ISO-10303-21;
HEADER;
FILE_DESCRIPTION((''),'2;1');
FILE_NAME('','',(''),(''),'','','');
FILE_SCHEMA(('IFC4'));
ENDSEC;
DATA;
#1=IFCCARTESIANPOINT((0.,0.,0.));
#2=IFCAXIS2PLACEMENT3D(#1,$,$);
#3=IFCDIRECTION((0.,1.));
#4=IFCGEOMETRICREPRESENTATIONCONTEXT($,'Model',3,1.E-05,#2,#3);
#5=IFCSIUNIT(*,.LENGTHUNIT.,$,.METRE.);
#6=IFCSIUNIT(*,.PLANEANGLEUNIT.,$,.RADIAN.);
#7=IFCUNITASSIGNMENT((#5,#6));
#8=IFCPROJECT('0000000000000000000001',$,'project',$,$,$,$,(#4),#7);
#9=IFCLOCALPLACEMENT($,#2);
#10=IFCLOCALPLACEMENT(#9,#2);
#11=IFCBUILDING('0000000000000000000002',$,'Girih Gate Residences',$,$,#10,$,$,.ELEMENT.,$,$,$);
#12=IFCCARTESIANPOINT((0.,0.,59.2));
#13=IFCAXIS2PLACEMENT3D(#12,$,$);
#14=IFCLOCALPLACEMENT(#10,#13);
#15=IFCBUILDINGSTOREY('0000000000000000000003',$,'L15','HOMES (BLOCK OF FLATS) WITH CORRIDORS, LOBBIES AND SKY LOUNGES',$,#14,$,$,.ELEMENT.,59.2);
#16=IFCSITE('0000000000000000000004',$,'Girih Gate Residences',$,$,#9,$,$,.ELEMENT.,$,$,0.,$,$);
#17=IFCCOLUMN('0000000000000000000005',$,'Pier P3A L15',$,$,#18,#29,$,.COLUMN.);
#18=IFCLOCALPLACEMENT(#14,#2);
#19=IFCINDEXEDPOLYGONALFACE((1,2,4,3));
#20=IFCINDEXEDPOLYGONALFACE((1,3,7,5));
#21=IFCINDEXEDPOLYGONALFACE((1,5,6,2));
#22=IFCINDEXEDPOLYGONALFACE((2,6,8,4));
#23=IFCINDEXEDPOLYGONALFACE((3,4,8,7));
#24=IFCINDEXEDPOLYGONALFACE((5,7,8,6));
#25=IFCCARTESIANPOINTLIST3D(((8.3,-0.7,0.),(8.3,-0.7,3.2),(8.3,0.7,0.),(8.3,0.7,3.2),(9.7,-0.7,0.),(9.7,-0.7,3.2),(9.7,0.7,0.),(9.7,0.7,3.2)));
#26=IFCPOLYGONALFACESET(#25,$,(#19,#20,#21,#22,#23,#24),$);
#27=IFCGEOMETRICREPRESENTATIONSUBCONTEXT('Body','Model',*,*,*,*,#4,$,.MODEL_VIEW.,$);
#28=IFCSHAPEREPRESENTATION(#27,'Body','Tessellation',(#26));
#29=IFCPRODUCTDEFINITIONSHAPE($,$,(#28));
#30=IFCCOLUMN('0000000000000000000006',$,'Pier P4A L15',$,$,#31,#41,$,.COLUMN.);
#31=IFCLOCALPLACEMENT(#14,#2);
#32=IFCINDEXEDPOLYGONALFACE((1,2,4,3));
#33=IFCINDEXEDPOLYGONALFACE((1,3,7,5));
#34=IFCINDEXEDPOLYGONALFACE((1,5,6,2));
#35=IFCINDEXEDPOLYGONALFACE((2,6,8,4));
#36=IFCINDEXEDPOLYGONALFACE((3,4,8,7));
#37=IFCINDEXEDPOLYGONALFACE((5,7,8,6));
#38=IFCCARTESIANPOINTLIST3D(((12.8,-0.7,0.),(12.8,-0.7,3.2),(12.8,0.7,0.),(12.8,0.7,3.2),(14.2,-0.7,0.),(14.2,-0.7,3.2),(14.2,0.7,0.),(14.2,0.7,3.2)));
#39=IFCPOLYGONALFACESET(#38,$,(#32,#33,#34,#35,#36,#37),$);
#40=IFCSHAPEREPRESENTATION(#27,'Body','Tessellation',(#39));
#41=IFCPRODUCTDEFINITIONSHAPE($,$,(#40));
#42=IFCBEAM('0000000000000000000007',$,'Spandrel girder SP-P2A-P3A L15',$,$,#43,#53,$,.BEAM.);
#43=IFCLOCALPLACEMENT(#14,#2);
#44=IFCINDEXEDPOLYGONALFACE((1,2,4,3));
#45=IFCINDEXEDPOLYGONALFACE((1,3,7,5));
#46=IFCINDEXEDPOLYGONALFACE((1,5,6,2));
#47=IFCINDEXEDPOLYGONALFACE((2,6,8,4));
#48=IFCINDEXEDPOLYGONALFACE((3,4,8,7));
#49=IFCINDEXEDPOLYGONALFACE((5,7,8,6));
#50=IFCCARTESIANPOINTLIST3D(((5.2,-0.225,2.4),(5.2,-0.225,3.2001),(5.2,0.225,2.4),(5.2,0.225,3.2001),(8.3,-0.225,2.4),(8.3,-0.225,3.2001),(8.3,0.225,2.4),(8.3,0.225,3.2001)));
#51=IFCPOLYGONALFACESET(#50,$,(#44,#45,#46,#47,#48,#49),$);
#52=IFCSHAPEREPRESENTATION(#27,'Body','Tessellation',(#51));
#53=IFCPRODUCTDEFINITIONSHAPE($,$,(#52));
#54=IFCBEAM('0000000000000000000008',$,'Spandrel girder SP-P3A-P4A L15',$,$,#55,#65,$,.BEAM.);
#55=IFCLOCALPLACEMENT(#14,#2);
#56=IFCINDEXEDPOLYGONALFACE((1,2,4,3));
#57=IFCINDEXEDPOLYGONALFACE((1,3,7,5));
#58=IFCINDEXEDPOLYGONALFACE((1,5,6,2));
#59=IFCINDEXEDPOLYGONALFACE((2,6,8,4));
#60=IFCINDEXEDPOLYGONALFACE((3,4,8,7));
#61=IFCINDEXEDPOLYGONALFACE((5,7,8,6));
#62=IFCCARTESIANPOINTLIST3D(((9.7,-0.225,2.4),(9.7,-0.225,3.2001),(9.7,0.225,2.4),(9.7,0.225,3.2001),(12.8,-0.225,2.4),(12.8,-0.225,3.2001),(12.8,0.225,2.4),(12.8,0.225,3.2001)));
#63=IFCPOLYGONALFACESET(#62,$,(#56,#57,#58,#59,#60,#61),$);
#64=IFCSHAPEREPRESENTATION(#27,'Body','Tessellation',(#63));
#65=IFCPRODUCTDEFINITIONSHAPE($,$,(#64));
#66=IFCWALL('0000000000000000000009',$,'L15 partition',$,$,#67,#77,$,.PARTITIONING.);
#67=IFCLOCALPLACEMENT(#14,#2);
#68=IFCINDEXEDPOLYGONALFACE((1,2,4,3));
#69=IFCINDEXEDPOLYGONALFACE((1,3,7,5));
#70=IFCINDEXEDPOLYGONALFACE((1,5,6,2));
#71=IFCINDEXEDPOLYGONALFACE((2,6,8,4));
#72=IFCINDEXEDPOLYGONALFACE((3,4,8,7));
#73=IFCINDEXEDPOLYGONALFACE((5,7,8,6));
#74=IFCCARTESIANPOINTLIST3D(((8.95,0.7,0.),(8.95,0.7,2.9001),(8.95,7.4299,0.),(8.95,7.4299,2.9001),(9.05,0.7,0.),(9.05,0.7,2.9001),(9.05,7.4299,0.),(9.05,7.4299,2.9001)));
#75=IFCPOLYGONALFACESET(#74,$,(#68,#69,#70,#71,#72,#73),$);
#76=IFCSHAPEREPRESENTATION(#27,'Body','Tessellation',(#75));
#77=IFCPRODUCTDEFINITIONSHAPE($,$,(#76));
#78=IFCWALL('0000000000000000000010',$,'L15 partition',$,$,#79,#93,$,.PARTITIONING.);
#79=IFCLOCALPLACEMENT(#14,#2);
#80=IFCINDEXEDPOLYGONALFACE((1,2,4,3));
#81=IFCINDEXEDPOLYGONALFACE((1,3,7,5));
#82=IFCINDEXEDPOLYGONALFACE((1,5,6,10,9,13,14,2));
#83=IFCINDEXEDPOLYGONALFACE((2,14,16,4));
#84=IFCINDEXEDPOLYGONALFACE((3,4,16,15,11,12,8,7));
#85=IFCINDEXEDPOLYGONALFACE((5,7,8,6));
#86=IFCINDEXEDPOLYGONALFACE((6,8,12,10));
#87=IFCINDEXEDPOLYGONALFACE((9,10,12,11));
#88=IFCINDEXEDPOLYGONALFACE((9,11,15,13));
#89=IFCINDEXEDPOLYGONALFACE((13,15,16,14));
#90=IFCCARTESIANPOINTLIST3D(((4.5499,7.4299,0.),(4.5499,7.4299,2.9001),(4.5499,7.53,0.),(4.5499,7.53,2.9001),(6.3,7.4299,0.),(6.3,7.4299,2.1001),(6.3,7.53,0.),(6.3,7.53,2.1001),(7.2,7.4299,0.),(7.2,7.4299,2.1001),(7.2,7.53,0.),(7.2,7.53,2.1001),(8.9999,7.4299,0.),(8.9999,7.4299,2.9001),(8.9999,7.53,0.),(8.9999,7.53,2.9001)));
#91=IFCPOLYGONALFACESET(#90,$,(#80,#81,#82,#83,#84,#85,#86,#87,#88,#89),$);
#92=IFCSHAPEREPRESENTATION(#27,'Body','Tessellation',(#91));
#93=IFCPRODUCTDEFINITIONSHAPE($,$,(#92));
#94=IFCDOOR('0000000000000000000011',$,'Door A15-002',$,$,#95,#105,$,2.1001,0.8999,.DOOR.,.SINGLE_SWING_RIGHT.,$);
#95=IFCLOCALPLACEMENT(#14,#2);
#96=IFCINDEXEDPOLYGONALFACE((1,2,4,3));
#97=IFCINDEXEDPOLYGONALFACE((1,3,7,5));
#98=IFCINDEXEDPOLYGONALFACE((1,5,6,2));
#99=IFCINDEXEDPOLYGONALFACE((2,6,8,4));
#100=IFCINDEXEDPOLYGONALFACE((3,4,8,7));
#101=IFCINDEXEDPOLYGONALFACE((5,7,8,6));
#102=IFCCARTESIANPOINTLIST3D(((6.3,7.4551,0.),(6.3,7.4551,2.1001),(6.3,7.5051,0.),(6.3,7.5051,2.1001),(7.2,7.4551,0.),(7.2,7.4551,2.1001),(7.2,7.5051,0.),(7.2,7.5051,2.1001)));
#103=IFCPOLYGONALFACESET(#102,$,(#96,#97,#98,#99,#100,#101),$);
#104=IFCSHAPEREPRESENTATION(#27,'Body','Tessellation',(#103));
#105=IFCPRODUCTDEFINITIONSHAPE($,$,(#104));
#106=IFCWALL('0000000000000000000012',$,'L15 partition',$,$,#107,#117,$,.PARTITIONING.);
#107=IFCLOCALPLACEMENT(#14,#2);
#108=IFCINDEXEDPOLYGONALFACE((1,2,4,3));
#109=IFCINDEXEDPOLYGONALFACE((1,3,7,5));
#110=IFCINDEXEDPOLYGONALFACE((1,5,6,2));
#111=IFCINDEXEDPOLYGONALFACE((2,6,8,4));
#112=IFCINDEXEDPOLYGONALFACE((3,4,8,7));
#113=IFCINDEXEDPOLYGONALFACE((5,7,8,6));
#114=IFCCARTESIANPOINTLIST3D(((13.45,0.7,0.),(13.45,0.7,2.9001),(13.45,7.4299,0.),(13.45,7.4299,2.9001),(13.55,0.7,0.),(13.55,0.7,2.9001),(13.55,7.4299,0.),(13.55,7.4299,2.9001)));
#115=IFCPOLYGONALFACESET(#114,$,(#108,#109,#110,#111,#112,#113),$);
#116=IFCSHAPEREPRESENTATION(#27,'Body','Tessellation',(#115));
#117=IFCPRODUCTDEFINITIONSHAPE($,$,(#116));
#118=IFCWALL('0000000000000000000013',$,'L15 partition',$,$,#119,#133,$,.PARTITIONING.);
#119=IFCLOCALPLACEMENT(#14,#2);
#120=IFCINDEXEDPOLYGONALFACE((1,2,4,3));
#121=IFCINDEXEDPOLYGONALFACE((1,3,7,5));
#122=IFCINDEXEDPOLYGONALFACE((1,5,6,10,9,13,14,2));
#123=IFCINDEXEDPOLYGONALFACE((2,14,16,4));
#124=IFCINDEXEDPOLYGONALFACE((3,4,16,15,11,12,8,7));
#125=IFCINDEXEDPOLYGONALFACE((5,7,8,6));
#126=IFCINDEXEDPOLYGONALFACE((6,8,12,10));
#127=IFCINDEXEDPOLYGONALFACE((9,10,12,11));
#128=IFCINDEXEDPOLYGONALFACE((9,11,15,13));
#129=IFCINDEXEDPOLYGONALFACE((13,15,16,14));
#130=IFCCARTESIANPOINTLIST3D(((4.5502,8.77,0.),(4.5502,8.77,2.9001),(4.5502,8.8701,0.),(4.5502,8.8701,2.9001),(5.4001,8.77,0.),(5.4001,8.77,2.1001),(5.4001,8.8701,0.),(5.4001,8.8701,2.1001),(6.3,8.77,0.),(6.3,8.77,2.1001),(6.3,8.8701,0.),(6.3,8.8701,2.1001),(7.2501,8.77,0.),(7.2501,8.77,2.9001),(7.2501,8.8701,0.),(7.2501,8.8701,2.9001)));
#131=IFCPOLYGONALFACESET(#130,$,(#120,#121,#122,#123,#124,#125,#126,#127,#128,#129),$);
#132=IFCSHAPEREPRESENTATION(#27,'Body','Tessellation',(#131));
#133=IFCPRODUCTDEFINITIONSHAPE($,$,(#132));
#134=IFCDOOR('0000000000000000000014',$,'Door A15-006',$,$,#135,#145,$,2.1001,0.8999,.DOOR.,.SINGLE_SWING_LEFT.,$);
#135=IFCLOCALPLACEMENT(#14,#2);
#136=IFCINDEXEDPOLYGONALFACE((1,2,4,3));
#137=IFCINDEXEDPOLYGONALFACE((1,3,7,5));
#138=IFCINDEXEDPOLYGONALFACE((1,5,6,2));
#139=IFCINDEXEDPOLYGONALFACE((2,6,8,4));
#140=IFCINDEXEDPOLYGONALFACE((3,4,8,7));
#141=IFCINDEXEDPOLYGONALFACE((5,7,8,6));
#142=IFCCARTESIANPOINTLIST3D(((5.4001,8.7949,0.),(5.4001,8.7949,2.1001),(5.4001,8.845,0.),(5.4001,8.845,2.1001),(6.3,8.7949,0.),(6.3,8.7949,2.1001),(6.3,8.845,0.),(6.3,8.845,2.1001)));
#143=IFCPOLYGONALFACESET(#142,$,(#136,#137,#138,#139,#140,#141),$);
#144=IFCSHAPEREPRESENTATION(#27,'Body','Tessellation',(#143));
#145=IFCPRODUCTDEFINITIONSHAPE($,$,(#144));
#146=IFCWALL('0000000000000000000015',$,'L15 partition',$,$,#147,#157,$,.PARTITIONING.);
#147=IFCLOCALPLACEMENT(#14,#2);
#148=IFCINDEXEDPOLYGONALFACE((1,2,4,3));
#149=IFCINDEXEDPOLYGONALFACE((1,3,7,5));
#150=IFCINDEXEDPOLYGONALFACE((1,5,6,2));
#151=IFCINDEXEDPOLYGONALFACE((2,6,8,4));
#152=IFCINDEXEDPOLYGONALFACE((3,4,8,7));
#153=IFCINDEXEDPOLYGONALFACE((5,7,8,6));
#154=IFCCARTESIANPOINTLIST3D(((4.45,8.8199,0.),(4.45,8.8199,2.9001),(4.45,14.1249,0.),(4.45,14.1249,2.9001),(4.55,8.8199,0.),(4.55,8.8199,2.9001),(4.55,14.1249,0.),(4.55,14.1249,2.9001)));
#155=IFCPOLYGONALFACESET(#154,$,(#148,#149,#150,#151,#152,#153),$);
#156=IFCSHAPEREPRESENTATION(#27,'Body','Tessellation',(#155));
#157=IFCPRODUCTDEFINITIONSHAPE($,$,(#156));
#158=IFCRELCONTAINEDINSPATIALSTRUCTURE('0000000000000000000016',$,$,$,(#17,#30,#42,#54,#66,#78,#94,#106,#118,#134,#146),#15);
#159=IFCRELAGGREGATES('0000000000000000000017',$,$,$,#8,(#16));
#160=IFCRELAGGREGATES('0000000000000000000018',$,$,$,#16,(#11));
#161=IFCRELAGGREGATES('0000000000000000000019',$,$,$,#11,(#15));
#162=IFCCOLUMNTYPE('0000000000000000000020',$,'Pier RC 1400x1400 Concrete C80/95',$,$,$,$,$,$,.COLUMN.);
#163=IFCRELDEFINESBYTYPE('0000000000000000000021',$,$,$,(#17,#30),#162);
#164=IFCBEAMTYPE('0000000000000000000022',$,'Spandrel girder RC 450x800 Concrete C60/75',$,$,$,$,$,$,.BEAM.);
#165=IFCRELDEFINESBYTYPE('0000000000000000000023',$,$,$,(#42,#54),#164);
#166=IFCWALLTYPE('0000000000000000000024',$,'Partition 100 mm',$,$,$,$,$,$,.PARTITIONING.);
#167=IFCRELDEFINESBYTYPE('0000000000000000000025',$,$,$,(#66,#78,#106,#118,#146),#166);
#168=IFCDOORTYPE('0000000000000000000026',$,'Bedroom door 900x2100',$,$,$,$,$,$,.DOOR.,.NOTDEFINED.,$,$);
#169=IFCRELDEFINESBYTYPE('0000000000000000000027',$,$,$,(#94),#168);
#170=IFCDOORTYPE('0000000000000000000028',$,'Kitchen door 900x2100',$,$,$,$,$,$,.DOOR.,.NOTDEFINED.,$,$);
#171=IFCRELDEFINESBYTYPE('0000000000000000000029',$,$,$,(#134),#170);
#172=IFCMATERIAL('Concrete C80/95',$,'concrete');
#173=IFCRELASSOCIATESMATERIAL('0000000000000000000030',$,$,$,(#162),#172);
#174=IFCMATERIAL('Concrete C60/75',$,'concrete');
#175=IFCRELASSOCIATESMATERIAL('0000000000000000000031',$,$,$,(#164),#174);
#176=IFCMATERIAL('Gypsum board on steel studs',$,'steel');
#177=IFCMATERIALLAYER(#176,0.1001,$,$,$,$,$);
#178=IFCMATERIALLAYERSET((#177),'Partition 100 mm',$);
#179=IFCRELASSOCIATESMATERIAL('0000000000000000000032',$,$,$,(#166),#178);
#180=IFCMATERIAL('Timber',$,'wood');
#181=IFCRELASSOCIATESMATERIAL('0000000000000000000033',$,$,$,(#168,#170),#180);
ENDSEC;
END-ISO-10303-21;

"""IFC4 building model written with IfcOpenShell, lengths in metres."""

from ifc_helpers import new_model, si_unit, direction, frame, frame_2d, origin, origin_2d, place, context, subcontext, project, spatial, rectangle, extrude, material, layer, layer_set, material_profile, profile_set, type_object, element, fill, save


model = new_model("IFC4")

# Units and contexts
model_context = context("Model", 3, precision=1e-05, world=origin(), true_north=direction((0.0, 1.0)))
body_context = subcontext(model_context, "Body", "Model", "MODEL_VIEW")
ifc_project = project(units=[si_unit("LENGTHUNIT", "METRE"), si_unit("PLANEANGLEUNIT", "RADIAN")], contexts=[model_context])

# Site, building, storey
site_placement = place(None, origin())
site = spatial("IfcSite", under=ifc_project, at=site_placement, Name="Girih Gate Residences", CompositionType="ELEMENT", RefElevation=0.0)
building_placement = place(site_placement, origin())
building = spatial("IfcBuilding", under=site, at=building_placement, Name="Girih Gate Residences", CompositionType="ELEMENT")
storey_placement = place(building_placement, frame((0.0, 0.0, 59.2)))
storey = spatial("IfcBuildingStorey", under=building, at=storey_placement, Name="L15", Description="HOMES (BLOCK OF FLATS) WITH CORRIDORS, LOBBIES AND SKY LOUNGES", CompositionType="ELEMENT", Elevation=59.2)

# Columns
ifc_material_1 = material(Name="Concrete C80/95", Category="concrete")
ifc_material_profile_1 = material_profile(ifc_material_1, rectangle(XDim=1.3999, YDim=1.3999, at=origin_2d()))
ifc_profile_set_1 = profile_set([ifc_material_profile_1], Name="Concrete C80/95")
column_type = type_object("IfcColumnType", Name="Pier RC 1400x1400 Concrete C80/95", PredefinedType="COLUMN", material=ifc_profile_set_1)
for number, where, z_axis, x_axis, name in (
    (1, (9.0, 0.0, 0.0), (0.0, 0.0, 1.0), (1.0, 0.0, 0.0), "Pier P3A L15"),
    (2, (13.5, 0.0, 0.0), (0.0, 0.0, 1.0), (1.0, 0.0, 0.0), "Pier P4A L15"),
):
    element("IfcColumn", number, at=place(storey_placement, frame(where, z_axis=z_axis, x_axis=x_axis)), inside=storey, type_object=column_type, Name=name, PredefinedType="COLUMN", context=body_context, shape_type="SweptSolid", body=[
        extrude(rectangle(XDim=1.3999, YDim=1.3999, at=origin_2d()), origin(), (0.0, 0.0, 1.0), 3.2),
    ])

# Beams
ifc_material_2 = material(Name="Concrete C60/75", Category="concrete")
ifc_material_profile_2 = material_profile(ifc_material_2, rectangle(XDim=0.45, YDim=0.8, at=origin_2d()))
ifc_profile_set_2 = profile_set([ifc_material_profile_2], Name="Concrete C60/75")
beam_type = type_object("IfcBeamType", Name="Spandrel girder RC 450x800 Concrete C60/75", PredefinedType="BEAM", material=ifc_profile_set_2)
for number, where, z_axis, x_axis, name in (
    (3, (5.2, 0.0, 2.8), (1.0, 0.0, 0.0), (0.0, 1.0, 0.0), "Spandrel girder SP-P2A-P3A L15"),
    (4, (9.7, 0.0, 2.8), (1.0, 0.0, 0.0), (0.0, 1.0, 0.0), "Spandrel girder SP-P3A-P4A L15"),
):
    element("IfcBeam", number, at=place(storey_placement, frame(where, z_axis=z_axis, x_axis=x_axis)), inside=storey, type_object=beam_type, Name=name, PredefinedType="BEAM", context=body_context, shape_type="SweptSolid", body=[
        extrude(rectangle(XDim=0.45, YDim=0.8, at=origin_2d()), origin(), (0.0, 0.0, 1.0), 3.1001),
    ])

# Wall
ifc_material_3 = material(Name="Gypsum board on steel studs", Category="steel")
ifc_layer_1 = layer(ifc_material_3, 0.1001)
ifc_layer_set_1 = layer_set([ifc_layer_1], Name="Partition 100 mm")
wall_type_1 = type_object("IfcWallType", Name="Partition 100 mm", PredefinedType="PARTITIONING", material=ifc_layer_set_1)
wall_1_placement = place(storey_placement, frame((9.0, 0.7, 0.0), z_axis=(0.0, 0.0, 1.0), x_axis=(0.0, 1.0, 0.0)))
element("IfcWall", 5, at=wall_1_placement, inside=storey, type_object=wall_type_1, Name="L15 partition", PredefinedType="PARTITIONING", context=body_context, shape_type="SweptSolid", body=[
    extrude(rectangle(XDim=6.73, YDim=0.1001, at=frame_2d((3.365, 0.0))), origin(), (0.0, 0.0, 1.0), 2.9001),
])

# Wall, opening, door
wall_2_placement = place(storey_placement, frame((9.0, 7.48, 0.0), z_axis=(0.0, 0.0, 1.0), x_axis=(-1.0, 0.0, 0.0)))
wall_2 = element("IfcWall", 6, at=wall_2_placement, inside=storey, type_object=wall_type_1, Name="L15 partition", PredefinedType="PARTITIONING", context=body_context, shape_type="SweptSolid", body=[
    extrude(rectangle(XDim=4.45, YDim=0.1001, at=frame_2d((2.2251, 0.0))), origin(), (0.0, 0.0, 1.0), 2.9001),
])
opening_1_placement = place(wall_2_placement, frame((1.8, 0.0, 0.0)))
opening_1 = element("IfcOpeningElement", 7, at=opening_1_placement, cuts=wall_2, PredefinedType="OPENING", context=body_context, shape_type="SweptSolid", body=[
    extrude(rectangle(XDim=0.8999, YDim=2.1001, at=frame_2d((0.45, 1.05))), frame((0.0, 0.0601, 0.0), z_axis=(0.0, -1.0, 0.0), x_axis=(1.0, 0.0, 0.0)), (0.0, 0.0, 1.0), 0.1201),
])
ifc_material_4 = material(Name="Timber", Category="wood")
door_type_1 = type_object("IfcDoorType", Name="Bedroom door 900x2100", OperationType="NOTDEFINED", PredefinedType="DOOR", material=ifc_material_4)
door_1_placement = place(opening_1_placement, origin())
door_1 = element("IfcDoor", 8, at=door_1_placement, inside=storey, type_object=door_type_1, Name="Door A15-002", OperationType="SINGLE_SWING_RIGHT", OverallHeight=2.1001, OverallWidth=0.8999, PredefinedType="DOOR", context=body_context, shape_type="SweptSolid", body=[
    extrude(rectangle(XDim=0.8999, YDim=2.1001, at=frame_2d((0.45, 1.05))), frame((0.0, 0.0249, 0.0), z_axis=(0.0, -1.0, 0.0), x_axis=(1.0, 0.0, 0.0)), (0.0, 0.0, 1.0), 0.05),
])
fill(opening_1, door_1)

# Wall
wall_3_placement = place(storey_placement, frame((13.5, 0.7, 0.0), z_axis=(0.0, 0.0, 1.0), x_axis=(0.0, 1.0, 0.0)))
element("IfcWall", 9, at=wall_3_placement, inside=storey, type_object=wall_type_1, Name="L15 partition", PredefinedType="PARTITIONING", context=body_context, shape_type="SweptSolid", body=[
    extrude(rectangle(XDim=6.73, YDim=0.1001, at=frame_2d((3.365, 0.0))), origin(), (0.0, 0.0, 1.0), 2.9001),
])

# Wall, opening, door
wall_4_placement = place(storey_placement, frame((4.55, 8.8201, 0.0), z_axis=(0.0, 0.0, 1.0), x_axis=(1.0, 0.0, 0.0)))
wall_4 = element("IfcWall", 10, at=wall_4_placement, inside=storey, type_object=wall_type_1, Name="L15 partition", PredefinedType="PARTITIONING", context=body_context, shape_type="SweptSolid", body=[
    extrude(rectangle(XDim=2.7, YDim=0.1001, at=frame_2d((1.3501, 0.0))), origin(), (0.0, 0.0, 1.0), 2.9001),
])
opening_2_placement = place(wall_4_placement, frame((0.8501, 0.0, 0.0)))
opening_2 = element("IfcOpeningElement", 11, at=opening_2_placement, cuts=wall_4, PredefinedType="OPENING", context=body_context, shape_type="SweptSolid", body=[
    extrude(rectangle(XDim=0.8999, YDim=2.1001, at=frame_2d((0.45, 1.05))), frame((0.0, 0.0601, 0.0), z_axis=(0.0, -1.0, 0.0), x_axis=(1.0, 0.0, 0.0)), (0.0, 0.0, 1.0), 0.1201),
])
door_type_2 = type_object("IfcDoorType", Name="Kitchen door 900x2100", OperationType="NOTDEFINED", PredefinedType="DOOR", material=ifc_material_4)
door_2_placement = place(opening_2_placement, origin())
door_2 = element("IfcDoor", 12, at=door_2_placement, inside=storey, type_object=door_type_2, Name="Door A15-006", OperationType="SINGLE_SWING_LEFT", OverallHeight=2.1001, OverallWidth=0.8999, PredefinedType="DOOR", context=body_context, shape_type="SweptSolid", body=[
    extrude(rectangle(XDim=0.8999, YDim=2.1001, at=frame_2d((0.45, 1.05))), frame((0.0, 0.0249, 0.0), z_axis=(0.0, -1.0, 0.0), x_axis=(1.0, 0.0, 0.0)), (0.0, 0.0, 1.0), 0.05),
])
fill(opening_2, door_2)

# Wall
wall_5_placement = place(storey_placement, frame((4.5, 8.8201, 0.0), z_axis=(0.0, 0.0, 1.0), x_axis=(0.0, 1.0, 0.0)))
element("IfcWall", 13, at=wall_5_placement, inside=storey, type_object=wall_type_1, Name="L15 partition", PredefinedType="PARTITIONING", context=body_context, shape_type="SweptSolid", body=[
    extrude(rectangle(XDim=5.3049, YDim=0.1001, at=frame_2d((2.6523, 0.0))), origin(), (0.0, 0.0, 1.0), 2.9001),
])

save(model, "model.ifc")
